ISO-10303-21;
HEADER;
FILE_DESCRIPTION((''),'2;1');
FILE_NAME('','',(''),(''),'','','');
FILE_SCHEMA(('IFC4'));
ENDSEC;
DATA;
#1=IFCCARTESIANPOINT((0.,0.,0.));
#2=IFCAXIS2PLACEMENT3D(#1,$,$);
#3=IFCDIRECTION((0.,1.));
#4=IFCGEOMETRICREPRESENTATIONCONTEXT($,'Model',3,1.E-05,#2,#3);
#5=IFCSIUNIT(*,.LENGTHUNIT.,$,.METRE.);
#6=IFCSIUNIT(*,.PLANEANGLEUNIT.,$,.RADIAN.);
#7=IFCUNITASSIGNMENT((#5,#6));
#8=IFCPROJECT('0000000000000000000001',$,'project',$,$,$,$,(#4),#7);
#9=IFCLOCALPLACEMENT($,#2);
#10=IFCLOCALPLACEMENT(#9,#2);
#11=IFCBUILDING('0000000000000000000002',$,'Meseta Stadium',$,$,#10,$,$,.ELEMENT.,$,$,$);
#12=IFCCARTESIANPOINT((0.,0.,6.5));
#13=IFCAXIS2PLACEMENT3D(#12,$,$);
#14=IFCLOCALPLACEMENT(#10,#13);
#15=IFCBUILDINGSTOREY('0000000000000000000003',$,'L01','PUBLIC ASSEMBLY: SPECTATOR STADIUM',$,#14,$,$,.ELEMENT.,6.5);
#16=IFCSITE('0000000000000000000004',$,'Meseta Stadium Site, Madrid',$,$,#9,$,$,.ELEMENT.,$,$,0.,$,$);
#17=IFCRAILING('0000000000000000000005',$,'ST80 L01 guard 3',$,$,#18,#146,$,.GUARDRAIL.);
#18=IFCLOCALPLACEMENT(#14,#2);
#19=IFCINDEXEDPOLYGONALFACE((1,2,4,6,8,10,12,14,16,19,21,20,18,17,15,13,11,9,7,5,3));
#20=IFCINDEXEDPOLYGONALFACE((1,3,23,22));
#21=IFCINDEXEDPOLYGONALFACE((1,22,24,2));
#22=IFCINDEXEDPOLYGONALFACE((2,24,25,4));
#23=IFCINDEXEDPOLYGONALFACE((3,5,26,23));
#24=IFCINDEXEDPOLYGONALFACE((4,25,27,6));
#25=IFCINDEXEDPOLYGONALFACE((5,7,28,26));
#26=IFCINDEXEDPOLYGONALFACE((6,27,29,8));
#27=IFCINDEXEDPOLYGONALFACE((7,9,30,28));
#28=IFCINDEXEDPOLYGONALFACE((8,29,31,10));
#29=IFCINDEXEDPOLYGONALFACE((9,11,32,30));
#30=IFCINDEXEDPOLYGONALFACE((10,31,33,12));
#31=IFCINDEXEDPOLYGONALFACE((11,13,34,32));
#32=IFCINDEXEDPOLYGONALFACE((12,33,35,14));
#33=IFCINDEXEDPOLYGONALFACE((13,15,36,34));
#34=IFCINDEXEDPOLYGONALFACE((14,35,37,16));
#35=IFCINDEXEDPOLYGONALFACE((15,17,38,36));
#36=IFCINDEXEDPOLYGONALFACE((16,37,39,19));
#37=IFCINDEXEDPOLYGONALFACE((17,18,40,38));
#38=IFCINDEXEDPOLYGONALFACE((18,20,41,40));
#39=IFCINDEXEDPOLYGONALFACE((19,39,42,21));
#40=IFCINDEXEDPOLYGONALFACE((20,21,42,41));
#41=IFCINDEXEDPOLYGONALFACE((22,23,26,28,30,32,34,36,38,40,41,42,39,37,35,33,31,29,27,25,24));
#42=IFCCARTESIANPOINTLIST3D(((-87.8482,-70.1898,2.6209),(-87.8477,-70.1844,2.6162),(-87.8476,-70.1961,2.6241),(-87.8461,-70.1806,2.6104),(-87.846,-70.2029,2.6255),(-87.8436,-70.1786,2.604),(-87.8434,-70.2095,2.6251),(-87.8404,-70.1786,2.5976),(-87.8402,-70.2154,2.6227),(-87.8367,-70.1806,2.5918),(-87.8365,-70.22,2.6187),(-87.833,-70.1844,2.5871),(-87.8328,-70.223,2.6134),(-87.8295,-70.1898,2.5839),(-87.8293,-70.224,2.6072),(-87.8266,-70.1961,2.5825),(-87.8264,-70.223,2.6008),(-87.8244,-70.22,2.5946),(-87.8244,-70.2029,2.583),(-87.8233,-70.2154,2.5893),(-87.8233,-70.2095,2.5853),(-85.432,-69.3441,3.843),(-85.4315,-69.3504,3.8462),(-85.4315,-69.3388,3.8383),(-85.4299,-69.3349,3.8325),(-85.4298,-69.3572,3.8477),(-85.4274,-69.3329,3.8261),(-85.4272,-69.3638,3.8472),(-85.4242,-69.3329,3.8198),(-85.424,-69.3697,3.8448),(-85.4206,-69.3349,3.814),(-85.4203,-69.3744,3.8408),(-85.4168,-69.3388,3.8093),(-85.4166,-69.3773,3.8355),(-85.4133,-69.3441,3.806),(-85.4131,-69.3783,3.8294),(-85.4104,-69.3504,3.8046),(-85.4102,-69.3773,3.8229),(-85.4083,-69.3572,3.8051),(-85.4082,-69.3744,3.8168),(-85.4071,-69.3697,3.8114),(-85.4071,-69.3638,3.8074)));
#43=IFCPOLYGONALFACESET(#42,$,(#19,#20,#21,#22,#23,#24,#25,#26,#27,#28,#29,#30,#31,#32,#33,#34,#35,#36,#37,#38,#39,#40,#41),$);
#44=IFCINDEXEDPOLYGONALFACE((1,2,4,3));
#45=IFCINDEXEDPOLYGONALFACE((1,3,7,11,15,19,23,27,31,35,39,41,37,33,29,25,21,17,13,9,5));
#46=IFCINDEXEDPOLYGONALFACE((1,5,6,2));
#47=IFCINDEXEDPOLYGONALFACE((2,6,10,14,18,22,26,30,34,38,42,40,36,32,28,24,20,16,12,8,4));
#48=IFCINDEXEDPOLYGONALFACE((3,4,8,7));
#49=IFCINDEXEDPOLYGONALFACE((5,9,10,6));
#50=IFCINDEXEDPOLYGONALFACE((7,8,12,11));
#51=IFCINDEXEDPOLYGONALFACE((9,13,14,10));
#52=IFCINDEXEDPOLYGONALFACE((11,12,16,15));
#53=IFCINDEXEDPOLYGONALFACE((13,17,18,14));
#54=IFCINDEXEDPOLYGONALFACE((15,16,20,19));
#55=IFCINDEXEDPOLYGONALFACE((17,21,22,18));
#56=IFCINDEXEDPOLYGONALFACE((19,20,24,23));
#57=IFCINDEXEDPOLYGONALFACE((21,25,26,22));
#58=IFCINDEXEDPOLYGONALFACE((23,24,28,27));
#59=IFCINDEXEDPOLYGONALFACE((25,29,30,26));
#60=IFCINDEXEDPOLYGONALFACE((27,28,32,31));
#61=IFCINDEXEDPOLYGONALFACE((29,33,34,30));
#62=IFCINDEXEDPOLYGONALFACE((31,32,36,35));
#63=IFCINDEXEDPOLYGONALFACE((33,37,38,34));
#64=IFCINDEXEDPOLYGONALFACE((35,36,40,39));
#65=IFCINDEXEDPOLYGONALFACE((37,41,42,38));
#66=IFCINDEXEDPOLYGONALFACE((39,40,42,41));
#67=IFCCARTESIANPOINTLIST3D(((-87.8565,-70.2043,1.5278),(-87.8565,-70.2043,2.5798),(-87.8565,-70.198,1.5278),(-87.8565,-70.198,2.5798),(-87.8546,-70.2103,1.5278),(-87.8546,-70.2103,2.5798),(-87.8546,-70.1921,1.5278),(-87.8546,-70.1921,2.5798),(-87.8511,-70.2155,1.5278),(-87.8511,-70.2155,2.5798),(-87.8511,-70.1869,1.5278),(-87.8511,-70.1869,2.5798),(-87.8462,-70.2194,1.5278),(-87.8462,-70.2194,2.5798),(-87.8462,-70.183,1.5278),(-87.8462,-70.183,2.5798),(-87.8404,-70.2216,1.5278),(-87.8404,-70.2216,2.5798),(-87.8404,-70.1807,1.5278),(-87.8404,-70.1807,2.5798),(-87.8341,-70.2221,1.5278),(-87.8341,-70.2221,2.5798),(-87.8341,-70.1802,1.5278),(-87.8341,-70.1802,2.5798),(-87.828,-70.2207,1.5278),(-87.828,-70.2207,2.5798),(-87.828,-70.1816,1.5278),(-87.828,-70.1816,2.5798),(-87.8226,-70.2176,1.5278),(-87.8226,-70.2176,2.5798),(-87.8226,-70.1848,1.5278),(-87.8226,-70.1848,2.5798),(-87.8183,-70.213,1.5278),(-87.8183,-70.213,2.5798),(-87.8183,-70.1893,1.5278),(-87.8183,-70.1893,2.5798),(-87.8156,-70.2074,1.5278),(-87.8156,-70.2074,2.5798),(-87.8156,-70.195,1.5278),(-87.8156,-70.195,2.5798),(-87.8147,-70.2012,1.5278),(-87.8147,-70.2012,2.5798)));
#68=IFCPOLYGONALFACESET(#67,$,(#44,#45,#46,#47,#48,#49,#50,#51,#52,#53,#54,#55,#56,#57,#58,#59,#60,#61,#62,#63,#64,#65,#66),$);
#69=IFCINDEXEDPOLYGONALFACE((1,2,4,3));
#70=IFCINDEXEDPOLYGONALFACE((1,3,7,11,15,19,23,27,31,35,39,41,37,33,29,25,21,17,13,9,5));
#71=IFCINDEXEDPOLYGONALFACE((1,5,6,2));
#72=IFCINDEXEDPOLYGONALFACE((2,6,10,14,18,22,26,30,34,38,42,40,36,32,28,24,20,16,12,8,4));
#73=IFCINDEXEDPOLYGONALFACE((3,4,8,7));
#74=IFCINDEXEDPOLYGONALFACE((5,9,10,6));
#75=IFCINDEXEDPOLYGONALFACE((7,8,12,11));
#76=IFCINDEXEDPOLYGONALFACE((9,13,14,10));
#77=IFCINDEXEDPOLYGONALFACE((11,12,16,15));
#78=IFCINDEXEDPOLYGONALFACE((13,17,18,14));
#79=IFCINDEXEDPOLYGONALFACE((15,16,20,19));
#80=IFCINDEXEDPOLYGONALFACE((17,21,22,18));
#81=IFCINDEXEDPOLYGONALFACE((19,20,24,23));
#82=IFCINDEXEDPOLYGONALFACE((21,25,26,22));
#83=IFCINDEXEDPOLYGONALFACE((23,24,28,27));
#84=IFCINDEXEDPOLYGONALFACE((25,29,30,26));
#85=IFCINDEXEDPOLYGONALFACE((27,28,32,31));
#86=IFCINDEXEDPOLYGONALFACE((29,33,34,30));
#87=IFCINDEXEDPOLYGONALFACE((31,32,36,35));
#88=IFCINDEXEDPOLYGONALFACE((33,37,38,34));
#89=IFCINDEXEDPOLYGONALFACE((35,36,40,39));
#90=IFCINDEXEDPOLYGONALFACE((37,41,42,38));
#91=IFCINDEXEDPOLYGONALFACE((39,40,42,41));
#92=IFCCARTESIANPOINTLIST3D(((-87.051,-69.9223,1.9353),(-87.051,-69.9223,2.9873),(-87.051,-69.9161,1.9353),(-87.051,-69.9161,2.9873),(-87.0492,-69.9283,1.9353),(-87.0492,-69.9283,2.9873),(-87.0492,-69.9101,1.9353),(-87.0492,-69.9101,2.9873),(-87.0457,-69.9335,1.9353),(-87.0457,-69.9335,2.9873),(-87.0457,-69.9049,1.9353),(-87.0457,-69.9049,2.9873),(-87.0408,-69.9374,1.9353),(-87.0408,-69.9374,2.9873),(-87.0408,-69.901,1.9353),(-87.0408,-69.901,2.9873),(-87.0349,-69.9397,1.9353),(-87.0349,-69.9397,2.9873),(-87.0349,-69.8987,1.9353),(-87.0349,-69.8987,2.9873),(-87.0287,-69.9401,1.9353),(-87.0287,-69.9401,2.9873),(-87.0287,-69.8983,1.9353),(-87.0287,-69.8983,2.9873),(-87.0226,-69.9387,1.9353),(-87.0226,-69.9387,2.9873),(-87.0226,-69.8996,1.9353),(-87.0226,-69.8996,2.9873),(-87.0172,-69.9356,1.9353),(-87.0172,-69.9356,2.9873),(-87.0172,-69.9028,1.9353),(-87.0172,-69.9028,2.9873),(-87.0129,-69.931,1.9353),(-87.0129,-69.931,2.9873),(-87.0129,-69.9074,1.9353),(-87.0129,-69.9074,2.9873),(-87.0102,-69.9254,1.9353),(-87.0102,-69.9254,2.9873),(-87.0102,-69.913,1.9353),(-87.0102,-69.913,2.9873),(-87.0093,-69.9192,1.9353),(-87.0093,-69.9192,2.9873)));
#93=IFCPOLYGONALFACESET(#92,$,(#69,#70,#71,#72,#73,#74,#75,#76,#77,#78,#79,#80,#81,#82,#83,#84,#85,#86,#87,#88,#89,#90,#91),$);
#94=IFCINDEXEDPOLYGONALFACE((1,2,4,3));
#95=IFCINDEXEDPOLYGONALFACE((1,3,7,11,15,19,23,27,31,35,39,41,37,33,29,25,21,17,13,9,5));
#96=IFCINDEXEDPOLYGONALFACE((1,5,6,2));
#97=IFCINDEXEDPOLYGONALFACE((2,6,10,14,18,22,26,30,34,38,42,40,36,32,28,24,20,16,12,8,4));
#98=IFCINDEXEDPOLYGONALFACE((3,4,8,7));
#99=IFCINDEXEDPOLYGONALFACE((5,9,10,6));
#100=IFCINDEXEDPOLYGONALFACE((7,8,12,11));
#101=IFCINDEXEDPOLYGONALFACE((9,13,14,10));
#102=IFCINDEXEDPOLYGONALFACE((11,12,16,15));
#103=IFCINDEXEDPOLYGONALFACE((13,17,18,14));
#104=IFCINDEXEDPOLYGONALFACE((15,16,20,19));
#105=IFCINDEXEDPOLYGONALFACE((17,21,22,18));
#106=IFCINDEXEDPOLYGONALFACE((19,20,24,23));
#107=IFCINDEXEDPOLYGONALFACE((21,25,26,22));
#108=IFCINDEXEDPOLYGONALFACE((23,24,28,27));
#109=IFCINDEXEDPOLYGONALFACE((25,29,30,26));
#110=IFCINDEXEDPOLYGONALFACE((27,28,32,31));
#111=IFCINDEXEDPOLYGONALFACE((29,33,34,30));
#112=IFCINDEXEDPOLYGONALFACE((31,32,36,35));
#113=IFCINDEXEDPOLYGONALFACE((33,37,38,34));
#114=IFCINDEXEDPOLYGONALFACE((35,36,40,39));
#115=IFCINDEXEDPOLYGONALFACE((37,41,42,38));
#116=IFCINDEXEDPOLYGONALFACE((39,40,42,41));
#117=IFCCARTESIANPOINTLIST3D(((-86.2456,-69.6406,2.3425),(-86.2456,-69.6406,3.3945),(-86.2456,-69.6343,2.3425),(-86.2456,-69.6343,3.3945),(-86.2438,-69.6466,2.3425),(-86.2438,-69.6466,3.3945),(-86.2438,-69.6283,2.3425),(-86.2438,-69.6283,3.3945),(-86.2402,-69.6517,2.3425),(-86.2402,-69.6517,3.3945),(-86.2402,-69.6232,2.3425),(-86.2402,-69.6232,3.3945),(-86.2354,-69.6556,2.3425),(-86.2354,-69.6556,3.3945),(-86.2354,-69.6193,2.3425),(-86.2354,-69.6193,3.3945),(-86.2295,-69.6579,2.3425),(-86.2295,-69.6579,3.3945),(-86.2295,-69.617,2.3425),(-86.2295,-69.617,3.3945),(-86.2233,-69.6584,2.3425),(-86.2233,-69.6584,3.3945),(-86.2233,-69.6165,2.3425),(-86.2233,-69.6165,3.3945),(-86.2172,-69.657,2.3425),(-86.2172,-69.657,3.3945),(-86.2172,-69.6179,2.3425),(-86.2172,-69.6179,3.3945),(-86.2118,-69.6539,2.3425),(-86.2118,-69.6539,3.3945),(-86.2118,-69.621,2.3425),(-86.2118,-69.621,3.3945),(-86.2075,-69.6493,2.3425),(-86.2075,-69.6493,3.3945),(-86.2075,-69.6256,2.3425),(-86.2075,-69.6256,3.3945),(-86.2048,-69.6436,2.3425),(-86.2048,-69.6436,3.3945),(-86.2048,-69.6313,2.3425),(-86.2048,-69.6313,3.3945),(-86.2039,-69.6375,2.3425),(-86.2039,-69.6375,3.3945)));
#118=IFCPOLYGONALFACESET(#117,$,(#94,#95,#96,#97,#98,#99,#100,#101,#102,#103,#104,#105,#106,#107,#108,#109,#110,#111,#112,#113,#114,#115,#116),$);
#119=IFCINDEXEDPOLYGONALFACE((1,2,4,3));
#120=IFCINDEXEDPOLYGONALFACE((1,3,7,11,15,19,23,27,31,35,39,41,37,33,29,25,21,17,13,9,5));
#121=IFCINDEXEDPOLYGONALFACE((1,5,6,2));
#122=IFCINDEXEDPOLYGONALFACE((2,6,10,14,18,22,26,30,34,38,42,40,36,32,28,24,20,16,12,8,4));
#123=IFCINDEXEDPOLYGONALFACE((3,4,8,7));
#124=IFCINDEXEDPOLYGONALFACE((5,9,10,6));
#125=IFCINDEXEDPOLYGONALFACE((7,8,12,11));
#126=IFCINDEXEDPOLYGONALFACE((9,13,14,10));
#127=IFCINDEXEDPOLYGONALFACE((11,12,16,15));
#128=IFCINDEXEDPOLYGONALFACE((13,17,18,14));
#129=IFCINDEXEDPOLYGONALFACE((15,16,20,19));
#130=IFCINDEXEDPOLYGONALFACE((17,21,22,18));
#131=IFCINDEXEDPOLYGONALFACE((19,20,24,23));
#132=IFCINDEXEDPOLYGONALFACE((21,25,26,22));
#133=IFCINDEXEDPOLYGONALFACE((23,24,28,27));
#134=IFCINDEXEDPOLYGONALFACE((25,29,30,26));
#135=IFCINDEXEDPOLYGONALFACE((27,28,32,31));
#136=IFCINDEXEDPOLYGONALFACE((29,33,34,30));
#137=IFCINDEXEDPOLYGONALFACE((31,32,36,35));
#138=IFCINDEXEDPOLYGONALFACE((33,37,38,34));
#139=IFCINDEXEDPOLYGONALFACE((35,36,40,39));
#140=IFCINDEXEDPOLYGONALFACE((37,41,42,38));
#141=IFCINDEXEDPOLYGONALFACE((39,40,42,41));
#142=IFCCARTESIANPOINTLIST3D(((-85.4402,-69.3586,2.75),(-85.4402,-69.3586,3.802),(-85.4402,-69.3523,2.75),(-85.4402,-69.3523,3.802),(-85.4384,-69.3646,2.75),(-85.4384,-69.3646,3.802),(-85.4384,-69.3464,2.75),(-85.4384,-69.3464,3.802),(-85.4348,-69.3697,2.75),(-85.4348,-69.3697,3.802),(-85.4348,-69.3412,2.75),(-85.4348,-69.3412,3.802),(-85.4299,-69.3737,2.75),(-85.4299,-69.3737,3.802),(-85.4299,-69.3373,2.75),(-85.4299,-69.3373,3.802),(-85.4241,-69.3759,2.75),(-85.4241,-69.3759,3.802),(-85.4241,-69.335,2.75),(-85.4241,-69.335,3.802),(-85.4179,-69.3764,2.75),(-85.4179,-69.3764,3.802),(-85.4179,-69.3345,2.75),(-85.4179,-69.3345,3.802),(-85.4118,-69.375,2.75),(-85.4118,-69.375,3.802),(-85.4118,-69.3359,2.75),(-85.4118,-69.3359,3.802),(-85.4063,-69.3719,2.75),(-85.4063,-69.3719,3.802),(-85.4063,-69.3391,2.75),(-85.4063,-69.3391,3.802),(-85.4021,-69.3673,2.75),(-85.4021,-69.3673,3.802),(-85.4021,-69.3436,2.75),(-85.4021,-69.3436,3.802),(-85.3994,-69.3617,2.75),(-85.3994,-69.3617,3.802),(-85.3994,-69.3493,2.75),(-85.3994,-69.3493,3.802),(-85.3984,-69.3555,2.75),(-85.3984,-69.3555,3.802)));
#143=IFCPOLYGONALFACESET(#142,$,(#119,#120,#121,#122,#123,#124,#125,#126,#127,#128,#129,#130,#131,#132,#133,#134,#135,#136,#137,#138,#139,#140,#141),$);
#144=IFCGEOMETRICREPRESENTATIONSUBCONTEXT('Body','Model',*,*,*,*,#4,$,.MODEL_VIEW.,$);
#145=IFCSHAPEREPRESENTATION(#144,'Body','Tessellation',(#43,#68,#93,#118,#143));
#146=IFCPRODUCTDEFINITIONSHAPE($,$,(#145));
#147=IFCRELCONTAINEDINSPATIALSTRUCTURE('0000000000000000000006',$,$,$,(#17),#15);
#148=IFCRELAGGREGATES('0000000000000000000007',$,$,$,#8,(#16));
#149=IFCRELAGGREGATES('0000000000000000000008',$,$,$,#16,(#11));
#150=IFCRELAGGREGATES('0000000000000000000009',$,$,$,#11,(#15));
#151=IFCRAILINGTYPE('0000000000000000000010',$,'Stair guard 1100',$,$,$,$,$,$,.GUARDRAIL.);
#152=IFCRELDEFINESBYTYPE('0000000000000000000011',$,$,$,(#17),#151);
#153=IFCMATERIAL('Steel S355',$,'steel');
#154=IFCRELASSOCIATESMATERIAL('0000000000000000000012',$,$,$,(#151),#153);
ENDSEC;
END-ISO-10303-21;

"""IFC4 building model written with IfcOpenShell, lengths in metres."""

from ifc_helpers import new_model, si_unit, direction, frame, origin, origin_2d, place, context, subcontext, project, spatial, circle, extrude, material, type_object, element, save


model = new_model("IFC4")

# Units and contexts
model_context = context("Model", 3, precision=1e-05, world=origin(), true_north=direction((0.0, 1.0)))
body_context = subcontext(model_context, "Body", "Model", "MODEL_VIEW")
ifc_project = project(units=[si_unit("LENGTHUNIT", "METRE"), si_unit("PLANEANGLEUNIT", "RADIAN")], contexts=[model_context])

# Site, building, storey
site_placement = place(None, origin())
site = spatial("IfcSite", under=ifc_project, at=site_placement, Name="Meseta Stadium Site, Madrid", CompositionType="ELEMENT", RefElevation=0.0)
building_placement = place(site_placement, origin())
building = spatial("IfcBuilding", under=site, at=building_placement, Name="Meseta Stadium", CompositionType="ELEMENT")
storey_placement = place(building_placement, frame((0.0, 0.0, 6.5)))
storey = spatial("IfcBuildingStorey", under=building, at=storey_placement, Name="L01", Description="PUBLIC ASSEMBLY: SPECTATOR STADIUM", CompositionType="ELEMENT", Elevation=6.5)

# Railing
ifc_material_1 = material(Name="Steel S355", Category="steel")
railing_type_1 = type_object("IfcRailingType", Name="Stair guard 1100", PredefinedType="GUARDRAIL", material=ifc_material_1)
railing_1_placement = place(storey_placement, frame((-87.8357, -70.2012, 1.5278)))
element("IfcRailing", 1, at=railing_1_placement, inside=storey, type_object=railing_type_1, Name="ST80 L01 guard 3", PredefinedType="GUARDRAIL", context=body_context, shape_type="SweptSolid", body=[
    extrude(circle(Radius=0.0239, at=origin_2d()), frame((0.0, 0.0, 1.0762), z_axis=(0.851767, 0.298123, 0.430832), x_axis=(-0.330355, 0.943857, 0.0)), (0.0, 0.0, 1.0), 2.8367),
    extrude(circle(Radius=0.021, at=origin_2d()), origin(), (0.0, 0.0, 1.0), 1.052),
    extrude(circle(Radius=0.021, at=origin_2d()), frame((0.8054, 0.282, 0.4075)), (0.0, 0.0, 1.0), 1.052),
    extrude(circle(Radius=0.021, at=origin_2d()), frame((1.6108, 0.5637, 0.8147)), (0.0, 0.0, 1.0), 1.052),
    extrude(circle(Radius=0.021, at=origin_2d()), frame((2.4163, 0.8457, 1.2222)), (0.0, 0.0, 1.0), 1.052),
])

save(model, "model.ifc")
